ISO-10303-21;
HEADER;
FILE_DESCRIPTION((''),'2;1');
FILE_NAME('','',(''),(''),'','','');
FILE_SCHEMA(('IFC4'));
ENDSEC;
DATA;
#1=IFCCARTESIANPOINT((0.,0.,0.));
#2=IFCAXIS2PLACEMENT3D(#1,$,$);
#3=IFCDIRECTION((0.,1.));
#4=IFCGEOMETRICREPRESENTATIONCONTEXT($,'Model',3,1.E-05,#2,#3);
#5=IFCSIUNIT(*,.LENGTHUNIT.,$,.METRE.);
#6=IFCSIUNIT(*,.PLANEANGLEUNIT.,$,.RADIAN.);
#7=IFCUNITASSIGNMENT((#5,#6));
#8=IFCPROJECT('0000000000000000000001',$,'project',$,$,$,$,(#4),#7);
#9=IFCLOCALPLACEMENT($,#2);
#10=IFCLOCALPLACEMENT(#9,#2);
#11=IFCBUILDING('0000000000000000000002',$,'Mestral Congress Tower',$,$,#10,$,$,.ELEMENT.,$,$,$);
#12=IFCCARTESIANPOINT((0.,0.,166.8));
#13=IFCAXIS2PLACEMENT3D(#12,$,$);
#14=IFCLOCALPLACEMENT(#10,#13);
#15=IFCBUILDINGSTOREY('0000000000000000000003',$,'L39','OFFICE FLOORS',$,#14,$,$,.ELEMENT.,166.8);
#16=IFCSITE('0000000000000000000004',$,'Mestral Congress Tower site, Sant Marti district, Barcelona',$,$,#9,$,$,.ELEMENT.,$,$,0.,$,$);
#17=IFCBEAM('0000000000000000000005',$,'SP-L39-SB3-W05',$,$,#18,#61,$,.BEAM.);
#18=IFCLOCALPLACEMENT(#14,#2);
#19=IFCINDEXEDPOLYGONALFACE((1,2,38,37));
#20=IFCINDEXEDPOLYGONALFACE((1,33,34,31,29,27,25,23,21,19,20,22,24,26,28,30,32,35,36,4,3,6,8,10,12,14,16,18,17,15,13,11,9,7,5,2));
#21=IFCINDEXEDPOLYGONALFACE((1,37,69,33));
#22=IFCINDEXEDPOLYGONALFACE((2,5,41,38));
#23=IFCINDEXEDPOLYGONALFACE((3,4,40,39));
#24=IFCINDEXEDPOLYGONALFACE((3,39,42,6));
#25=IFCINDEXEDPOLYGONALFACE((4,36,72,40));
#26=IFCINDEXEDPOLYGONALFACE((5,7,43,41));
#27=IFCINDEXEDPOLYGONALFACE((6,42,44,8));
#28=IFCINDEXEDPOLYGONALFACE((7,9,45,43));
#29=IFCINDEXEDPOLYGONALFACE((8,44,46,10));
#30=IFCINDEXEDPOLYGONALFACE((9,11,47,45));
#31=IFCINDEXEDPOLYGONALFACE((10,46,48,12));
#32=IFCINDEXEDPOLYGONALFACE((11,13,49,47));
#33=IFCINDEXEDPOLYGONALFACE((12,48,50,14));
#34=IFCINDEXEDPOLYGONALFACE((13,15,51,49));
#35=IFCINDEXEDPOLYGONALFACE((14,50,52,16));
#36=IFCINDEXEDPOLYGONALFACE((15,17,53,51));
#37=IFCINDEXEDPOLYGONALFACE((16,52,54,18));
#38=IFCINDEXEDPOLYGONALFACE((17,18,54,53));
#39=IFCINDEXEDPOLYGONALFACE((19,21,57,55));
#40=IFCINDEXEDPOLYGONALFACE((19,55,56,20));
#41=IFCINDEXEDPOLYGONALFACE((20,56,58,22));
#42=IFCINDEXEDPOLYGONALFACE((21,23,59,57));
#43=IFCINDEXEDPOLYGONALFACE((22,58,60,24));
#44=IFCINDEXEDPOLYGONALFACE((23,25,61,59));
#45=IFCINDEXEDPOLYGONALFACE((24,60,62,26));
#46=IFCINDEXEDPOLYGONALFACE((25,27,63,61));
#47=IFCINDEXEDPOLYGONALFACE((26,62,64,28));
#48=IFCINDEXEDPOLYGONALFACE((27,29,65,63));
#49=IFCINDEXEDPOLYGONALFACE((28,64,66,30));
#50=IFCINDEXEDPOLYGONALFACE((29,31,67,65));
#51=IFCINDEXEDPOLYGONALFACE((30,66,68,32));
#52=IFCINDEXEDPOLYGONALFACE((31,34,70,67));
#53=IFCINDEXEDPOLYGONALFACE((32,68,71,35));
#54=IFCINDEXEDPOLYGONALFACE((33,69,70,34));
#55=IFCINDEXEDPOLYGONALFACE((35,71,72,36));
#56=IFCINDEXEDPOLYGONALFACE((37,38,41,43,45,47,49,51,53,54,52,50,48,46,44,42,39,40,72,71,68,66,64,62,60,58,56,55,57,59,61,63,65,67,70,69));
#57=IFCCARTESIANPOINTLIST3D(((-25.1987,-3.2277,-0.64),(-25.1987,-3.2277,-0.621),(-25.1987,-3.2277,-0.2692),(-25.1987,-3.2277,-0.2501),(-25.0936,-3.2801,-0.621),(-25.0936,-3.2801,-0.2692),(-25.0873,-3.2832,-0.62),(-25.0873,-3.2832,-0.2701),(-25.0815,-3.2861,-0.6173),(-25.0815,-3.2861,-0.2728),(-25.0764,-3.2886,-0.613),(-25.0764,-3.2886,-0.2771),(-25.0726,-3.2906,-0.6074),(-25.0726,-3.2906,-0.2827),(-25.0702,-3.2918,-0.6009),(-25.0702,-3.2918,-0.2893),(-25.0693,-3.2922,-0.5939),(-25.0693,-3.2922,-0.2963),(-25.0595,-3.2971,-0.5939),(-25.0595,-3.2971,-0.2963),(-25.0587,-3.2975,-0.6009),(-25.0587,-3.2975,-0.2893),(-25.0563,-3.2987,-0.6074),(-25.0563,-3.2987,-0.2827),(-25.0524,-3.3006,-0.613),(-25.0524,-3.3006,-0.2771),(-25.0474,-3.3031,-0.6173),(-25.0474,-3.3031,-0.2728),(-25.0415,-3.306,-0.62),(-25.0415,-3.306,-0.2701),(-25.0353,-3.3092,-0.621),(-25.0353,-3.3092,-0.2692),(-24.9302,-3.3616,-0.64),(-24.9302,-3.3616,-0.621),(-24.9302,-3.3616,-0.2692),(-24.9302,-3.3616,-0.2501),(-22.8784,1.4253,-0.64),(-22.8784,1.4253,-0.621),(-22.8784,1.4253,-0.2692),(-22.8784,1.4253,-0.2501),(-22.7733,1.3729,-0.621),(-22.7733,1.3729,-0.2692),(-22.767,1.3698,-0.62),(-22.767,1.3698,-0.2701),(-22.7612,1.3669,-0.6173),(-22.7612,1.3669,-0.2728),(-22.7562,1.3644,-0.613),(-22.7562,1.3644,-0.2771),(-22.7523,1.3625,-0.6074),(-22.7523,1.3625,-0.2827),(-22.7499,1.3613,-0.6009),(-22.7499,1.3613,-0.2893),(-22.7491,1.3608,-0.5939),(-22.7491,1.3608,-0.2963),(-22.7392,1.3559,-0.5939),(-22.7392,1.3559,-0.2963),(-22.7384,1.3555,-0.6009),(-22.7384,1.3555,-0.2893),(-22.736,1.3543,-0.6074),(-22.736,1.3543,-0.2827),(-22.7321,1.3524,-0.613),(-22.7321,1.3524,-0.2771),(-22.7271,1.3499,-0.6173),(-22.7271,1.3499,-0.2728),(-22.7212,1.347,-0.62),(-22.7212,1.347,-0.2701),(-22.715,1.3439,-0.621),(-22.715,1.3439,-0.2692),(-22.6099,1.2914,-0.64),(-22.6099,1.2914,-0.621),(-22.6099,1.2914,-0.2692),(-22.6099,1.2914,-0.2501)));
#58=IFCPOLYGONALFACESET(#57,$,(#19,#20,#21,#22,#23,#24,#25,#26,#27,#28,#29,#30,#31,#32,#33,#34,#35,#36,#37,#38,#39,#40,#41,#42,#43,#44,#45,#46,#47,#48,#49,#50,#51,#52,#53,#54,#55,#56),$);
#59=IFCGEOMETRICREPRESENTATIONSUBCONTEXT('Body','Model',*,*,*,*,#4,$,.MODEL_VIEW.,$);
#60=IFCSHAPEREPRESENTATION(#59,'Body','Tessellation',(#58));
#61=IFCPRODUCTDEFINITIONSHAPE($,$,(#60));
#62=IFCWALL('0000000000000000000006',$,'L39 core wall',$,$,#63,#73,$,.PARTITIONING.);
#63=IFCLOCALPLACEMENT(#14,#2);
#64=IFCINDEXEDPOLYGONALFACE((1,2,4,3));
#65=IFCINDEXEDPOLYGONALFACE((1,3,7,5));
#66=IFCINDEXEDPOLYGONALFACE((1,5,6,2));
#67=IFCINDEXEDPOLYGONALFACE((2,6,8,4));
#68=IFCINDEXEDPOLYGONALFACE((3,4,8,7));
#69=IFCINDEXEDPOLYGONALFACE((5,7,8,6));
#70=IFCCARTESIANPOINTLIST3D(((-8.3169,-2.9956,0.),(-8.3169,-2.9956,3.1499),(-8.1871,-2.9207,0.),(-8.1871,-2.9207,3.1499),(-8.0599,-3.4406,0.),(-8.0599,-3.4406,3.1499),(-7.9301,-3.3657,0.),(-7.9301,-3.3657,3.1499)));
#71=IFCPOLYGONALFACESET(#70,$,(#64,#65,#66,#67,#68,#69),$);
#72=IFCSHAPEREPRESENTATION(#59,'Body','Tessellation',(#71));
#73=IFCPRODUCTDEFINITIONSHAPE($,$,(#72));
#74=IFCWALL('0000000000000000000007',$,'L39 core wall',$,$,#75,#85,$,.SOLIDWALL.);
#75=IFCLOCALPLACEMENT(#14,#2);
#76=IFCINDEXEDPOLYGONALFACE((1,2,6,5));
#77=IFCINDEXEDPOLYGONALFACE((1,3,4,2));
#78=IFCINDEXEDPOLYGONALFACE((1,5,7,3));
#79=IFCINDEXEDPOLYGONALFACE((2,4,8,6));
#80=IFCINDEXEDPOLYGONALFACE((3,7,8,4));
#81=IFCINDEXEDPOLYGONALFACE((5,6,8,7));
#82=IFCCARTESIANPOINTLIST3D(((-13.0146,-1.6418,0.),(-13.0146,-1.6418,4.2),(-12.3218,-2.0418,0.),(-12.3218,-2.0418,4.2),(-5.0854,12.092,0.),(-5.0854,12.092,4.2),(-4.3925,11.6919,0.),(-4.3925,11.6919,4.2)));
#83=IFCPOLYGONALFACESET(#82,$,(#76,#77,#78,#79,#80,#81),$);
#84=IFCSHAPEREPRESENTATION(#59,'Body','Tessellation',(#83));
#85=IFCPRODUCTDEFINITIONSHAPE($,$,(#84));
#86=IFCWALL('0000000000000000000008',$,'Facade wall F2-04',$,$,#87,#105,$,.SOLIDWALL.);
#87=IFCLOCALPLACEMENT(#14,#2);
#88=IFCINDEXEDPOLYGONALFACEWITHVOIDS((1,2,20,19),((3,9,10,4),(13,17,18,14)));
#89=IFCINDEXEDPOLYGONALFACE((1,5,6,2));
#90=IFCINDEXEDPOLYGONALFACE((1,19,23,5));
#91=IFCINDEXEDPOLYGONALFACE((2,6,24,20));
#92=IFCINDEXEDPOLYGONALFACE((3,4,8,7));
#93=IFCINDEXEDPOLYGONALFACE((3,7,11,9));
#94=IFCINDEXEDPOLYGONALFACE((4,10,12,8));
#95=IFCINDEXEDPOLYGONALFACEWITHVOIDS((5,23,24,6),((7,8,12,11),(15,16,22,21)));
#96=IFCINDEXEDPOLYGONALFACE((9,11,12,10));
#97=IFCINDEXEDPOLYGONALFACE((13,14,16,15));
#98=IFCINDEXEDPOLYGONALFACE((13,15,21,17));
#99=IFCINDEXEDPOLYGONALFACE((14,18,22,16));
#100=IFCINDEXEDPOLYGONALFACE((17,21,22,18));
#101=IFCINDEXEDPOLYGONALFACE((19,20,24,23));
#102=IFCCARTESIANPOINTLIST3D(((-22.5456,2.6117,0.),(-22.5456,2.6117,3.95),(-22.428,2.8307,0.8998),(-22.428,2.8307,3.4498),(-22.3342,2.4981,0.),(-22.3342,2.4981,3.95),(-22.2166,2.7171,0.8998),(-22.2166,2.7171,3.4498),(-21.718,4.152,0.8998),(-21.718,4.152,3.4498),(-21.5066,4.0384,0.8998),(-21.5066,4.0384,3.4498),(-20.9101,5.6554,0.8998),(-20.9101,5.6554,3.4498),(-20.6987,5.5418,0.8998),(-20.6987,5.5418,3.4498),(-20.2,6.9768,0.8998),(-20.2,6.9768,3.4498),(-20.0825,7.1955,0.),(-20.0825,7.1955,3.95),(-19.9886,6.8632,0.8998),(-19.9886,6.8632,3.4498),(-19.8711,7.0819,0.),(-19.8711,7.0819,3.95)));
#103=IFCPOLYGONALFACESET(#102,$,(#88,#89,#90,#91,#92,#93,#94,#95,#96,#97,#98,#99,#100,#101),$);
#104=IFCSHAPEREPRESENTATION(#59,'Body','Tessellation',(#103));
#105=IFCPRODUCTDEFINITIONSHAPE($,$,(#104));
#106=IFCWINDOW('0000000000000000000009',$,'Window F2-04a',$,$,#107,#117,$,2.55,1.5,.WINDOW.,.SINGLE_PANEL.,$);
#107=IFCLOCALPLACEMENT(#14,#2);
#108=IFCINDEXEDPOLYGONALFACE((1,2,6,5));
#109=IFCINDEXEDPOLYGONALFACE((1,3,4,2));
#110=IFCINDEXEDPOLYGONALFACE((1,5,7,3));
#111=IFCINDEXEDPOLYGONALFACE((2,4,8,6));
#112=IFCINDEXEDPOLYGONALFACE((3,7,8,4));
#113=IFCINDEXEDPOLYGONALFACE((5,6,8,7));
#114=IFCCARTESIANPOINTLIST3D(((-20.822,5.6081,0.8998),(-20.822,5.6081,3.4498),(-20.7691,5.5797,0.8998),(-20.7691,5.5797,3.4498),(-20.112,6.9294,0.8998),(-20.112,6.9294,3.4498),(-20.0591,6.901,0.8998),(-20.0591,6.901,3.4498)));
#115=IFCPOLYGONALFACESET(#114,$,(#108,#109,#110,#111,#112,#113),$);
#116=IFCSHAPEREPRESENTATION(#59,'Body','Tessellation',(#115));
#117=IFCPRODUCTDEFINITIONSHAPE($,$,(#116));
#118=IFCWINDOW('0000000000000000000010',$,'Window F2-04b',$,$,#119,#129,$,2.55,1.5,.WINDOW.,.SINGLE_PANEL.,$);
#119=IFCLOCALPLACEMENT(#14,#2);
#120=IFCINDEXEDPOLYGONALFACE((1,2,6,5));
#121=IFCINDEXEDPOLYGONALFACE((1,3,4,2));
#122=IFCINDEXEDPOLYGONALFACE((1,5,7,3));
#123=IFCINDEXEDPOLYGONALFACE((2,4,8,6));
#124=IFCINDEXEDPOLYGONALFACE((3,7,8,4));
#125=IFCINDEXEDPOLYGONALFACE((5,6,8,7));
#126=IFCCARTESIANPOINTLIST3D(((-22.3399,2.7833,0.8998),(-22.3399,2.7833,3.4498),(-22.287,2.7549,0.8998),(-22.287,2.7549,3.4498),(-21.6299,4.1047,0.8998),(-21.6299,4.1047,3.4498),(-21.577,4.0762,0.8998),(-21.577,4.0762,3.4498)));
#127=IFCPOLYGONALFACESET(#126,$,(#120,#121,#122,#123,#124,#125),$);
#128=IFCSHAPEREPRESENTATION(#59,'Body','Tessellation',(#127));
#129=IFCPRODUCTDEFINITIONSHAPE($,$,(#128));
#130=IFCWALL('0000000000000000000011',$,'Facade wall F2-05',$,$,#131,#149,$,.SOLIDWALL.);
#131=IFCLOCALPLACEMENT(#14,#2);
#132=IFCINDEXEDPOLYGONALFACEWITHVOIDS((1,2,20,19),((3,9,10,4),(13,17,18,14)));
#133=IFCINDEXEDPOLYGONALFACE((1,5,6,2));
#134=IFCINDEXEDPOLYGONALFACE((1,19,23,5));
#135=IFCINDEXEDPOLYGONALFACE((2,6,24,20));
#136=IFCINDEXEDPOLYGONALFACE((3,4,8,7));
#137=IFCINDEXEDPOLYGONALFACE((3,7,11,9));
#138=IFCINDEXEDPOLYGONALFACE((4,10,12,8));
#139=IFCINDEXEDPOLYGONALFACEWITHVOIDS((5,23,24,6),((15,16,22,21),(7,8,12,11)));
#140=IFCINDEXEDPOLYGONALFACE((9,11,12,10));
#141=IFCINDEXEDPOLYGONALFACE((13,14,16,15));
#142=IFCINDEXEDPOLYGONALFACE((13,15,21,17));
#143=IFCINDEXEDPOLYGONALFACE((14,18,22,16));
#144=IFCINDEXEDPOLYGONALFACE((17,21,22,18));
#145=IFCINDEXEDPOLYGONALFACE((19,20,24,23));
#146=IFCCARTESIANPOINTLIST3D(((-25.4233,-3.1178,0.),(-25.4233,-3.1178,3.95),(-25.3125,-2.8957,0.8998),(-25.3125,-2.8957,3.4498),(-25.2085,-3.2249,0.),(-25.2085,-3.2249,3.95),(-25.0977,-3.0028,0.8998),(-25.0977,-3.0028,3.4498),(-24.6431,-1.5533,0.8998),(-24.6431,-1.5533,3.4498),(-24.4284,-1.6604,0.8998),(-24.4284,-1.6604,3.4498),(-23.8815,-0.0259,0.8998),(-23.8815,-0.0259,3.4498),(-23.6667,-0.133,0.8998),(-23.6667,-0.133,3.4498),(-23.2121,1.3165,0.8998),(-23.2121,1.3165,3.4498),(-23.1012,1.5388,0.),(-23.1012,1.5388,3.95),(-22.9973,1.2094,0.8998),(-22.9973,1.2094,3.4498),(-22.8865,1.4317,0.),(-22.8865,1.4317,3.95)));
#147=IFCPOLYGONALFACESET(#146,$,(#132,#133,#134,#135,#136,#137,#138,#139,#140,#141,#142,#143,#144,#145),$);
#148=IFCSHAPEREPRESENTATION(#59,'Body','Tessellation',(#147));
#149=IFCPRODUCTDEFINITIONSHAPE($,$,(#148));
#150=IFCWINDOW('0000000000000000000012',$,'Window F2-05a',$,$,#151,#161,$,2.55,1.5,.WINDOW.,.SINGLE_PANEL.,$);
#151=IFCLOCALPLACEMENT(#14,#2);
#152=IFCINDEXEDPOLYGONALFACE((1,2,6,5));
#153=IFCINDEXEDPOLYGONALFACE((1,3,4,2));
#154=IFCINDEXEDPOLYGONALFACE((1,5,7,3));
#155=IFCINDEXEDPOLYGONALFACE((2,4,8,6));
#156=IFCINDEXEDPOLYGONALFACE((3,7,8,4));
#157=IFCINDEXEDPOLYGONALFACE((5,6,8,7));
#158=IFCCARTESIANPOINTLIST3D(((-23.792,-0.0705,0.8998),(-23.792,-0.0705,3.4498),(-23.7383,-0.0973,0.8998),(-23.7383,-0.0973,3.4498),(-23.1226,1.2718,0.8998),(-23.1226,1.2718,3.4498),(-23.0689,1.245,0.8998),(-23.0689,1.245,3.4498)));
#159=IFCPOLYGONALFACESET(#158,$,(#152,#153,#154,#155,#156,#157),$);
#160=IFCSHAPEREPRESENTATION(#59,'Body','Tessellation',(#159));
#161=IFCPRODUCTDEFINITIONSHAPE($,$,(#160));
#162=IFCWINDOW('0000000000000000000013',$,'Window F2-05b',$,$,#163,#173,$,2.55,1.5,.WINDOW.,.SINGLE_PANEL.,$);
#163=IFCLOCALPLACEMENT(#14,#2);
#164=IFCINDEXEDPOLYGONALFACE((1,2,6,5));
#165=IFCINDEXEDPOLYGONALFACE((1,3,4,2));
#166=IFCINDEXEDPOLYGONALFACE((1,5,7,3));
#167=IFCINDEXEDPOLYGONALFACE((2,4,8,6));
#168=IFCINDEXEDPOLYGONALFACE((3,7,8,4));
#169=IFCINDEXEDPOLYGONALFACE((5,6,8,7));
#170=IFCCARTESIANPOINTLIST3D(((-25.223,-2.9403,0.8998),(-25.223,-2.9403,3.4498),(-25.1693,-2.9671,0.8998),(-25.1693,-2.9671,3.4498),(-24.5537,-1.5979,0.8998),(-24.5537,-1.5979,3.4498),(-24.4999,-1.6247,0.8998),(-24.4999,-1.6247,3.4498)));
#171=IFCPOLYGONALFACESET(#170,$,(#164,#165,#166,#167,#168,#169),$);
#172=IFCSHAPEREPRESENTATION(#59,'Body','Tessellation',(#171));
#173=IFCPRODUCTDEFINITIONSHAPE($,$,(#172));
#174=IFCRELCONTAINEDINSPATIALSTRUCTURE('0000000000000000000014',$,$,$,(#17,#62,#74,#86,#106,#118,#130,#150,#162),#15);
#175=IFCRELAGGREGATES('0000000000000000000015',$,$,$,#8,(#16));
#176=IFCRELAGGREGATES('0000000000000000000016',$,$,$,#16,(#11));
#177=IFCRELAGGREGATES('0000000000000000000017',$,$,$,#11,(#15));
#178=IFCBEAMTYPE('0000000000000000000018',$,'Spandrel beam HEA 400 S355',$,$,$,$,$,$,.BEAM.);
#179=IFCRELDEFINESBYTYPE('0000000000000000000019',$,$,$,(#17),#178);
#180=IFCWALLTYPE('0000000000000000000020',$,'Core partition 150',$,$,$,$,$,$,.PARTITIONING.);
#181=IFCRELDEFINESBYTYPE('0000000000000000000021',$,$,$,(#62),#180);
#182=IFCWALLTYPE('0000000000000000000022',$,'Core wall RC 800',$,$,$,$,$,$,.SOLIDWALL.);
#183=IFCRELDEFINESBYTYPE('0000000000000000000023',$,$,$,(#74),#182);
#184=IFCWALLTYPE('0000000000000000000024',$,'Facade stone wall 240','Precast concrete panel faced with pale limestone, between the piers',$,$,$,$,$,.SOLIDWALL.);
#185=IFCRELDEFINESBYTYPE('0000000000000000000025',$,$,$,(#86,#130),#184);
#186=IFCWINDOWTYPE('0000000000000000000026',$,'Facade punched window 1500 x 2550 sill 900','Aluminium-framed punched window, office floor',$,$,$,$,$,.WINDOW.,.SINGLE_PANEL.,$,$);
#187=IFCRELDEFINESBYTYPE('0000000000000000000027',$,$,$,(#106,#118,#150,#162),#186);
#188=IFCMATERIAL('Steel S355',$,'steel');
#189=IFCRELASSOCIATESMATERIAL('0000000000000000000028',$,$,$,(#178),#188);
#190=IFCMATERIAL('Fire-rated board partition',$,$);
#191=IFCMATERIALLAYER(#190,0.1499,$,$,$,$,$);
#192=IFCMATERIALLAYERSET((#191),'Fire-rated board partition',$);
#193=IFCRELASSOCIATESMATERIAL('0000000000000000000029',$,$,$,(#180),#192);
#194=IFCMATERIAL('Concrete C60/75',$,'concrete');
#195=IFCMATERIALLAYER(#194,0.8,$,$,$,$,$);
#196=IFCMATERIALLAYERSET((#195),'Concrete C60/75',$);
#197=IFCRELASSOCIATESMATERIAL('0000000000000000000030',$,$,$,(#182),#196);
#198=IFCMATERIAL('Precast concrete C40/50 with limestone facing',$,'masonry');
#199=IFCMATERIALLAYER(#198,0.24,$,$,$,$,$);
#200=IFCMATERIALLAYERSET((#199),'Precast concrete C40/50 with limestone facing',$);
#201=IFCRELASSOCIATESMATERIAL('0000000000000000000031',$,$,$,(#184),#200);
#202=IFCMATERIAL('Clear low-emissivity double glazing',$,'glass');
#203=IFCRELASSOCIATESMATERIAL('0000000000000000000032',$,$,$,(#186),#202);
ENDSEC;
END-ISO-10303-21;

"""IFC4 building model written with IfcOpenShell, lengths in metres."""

from ifc_helpers import new_model, si_unit, direction, frame, frame_2d, origin, origin_2d, place, context, subcontext, project, spatial, rectangle, i_section, extrude, material, layer, layer_set, material_profile, profile_set, type_object, element, fill, save


model = new_model("IFC4")

# Units and contexts
model_context = context("Model", 3, precision=1e-05, world=origin(), true_north=direction((0.0, 1.0)))
body_context = subcontext(model_context, "Body", "Model", "MODEL_VIEW")
ifc_project = project(units=[si_unit("LENGTHUNIT", "METRE"), si_unit("PLANEANGLEUNIT", "RADIAN")], contexts=[model_context])

# Site, building, storey
site_placement = place(None, origin())
site = spatial("IfcSite", under=ifc_project, at=site_placement, Name="Mestral Congress Tower site, Sant Marti district, Barcelona", CompositionType="ELEMENT", RefElevation=0.0)
building_placement = place(site_placement, origin())
building = spatial("IfcBuilding", under=site, at=building_placement, Name="Mestral Congress Tower", CompositionType="ELEMENT")
storey_placement = place(building_placement, frame((0.0, 0.0, 166.8)))
storey = spatial("IfcBuildingStorey", under=building, at=storey_placement, Name="L39", Description="OFFICE FLOORS", CompositionType="ELEMENT", Elevation=166.8)

# Shared definitions
ifc_material_1 = material(Name="Concrete C60/75", Category="concrete")

# Beam
ifc_material_2 = material(Name="Steel S355", Category="steel")
ifc_material_profile_1 = material_profile(ifc_material_2, i_section(OverallWidth=0.3, OverallDepth=0.3899, WebThickness=0.011, FlangeThickness=0.019, FilletRadius=0.0271, at=origin_2d()), Name="HEA 400")
ifc_profile_set_1 = profile_set([ifc_material_profile_1], Name="Steel S355")
beam_type_1 = type_object("IfcBeamType", Name="Spandrel beam HEA 400 S355", PredefinedType="BEAM", material=ifc_profile_set_1)
beam_1_placement = place(storey_placement, frame((-22.7441, 1.3584, -0.4451), z_axis=(-0.446255, -0.894906, 0.0), x_axis=(0.894906, -0.446255, 0.0)))
element("IfcBeam", 1, at=beam_1_placement, inside=storey, type_object=beam_type_1, Name="SP-L39-SB3-W05", PredefinedType="BEAM", context=body_context, shape_type="SweptSolid", body=[
    extrude(i_section(OverallWidth=0.3, OverallDepth=0.3899, WebThickness=0.011, FlangeThickness=0.019, FilletRadius=0.0271, at=origin_2d()), origin(), (0.0, 0.0, 1.0), 5.1995),
])

# Walls
ifc_material_3 = material(Name="Fire-rated board partition")
ifc_layer_1 = layer(ifc_material_3, 0.1499)
ifc_layer_set_1 = layer_set([ifc_layer_1], Name="Fire-rated board partition")
wall_type_1 = type_object("IfcWallType", Name="Core partition 150", PredefinedType="PARTITIONING", material=ifc_layer_set_1)
wall_1_placement = place(storey_placement, frame((-8.252, -2.9583, 0.0), z_axis=(0.0, 0.0, 1.0), x_axis=(0.500175, -0.865925, 0.0)))
element("IfcWall", 2, at=wall_1_placement, inside=storey, type_object=wall_type_1, Name="L39 core wall", PredefinedType="PARTITIONING", context=body_context, shape_type="SweptSolid", body=[
    extrude(rectangle(XDim=0.5139, YDim=0.1499, at=frame_2d((0.2568, 0.0))), origin(), (0.0, 0.0, 1.0), 3.1499),
])
ifc_layer_2 = layer(ifc_material_1, 0.8)
ifc_layer_set_2 = layer_set([ifc_layer_2], Name="Concrete C60/75")
wall_type_2 = type_object("IfcWallType", Name="Core wall RC 800", PredefinedType="SOLIDWALL", material=ifc_layer_set_2)
wall_2_placement = place(storey_placement, frame((-12.6682, -1.8418, 0.0), z_axis=(0.0, 0.0, 1.0), x_axis=(0.500004, 0.866023, 0.0)))
element("IfcWall", 3, at=wall_2_placement, inside=storey, type_object=wall_type_2, Name="L39 core wall", PredefinedType="SOLIDWALL", context=body_context, shape_type="SweptSolid", body=[
    extrude(rectangle(XDim=15.8584, YDim=0.8, at=frame_2d((7.9292, 0.0))), origin(), (0.0, 0.0, 1.0), 4.2),
])

# Walls, openings, windows
ifc_material_4 = material(Name="Precast concrete C40/50 with limestone facing", Category="masonry")
ifc_layer_3 = layer(ifc_material_4, 0.24)
ifc_layer_set_3 = layer_set([ifc_layer_3], Name="Precast concrete C40/50 with limestone facing")
wall_type_3 = type_object("IfcWallType", Name="Facade stone wall 240", Description="Precast concrete panel faced with pale limestone, between the piers", PredefinedType="SOLIDWALL", material=ifc_layer_set_3)
wall_3_placement = place(storey_placement, frame((-19.9768, 7.1387, 0.0), z_axis=(0.0, 0.0, 1.0), x_axis=(-0.47335, -0.880875, 0.0)))
wall_3 = element("IfcWall", 4, at=wall_3_placement, inside=storey, type_object=wall_type_3, Name="Facade wall F2-04", PredefinedType="SOLIDWALL", context=body_context, shape_type="SweptSolid", body=[
    extrude(rectangle(XDim=5.2036, YDim=0.24, at=frame_2d((2.6018, 0.0))), origin(), (0.0, 0.0, 1.0), 3.95),
])
opening_1_placement = place(wall_3_placement, frame((0.2483, 0.0, 0.8999)))
opening_1 = element("IfcOpeningElement", 5, at=opening_1_placement, cuts=wall_3, PredefinedType="OPENING", context=body_context, shape_type="SweptSolid", body=[
    extrude(rectangle(XDim=1.5, YDim=2.55, at=frame_2d((0.75, 1.2749))), frame((0.0, 0.1299, 0.0), z_axis=(0.0, -1.0, 0.0), x_axis=(1.0, 0.0, 0.0)), (0.0, 0.0, 1.0), 0.26),
])
opening_2_placement = place(wall_3_placement, frame((3.4551, 0.0, 0.8999)))
opening_2 = element("IfcOpeningElement", 6, at=opening_2_placement, cuts=wall_3, PredefinedType="OPENING", context=body_context, shape_type="SweptSolid", body=[
    extrude(rectangle(XDim=1.5, YDim=2.55, at=frame_2d((0.75, 1.2749))), frame((0.0, 0.1299, 0.0), z_axis=(0.0, -1.0, 0.0), x_axis=(1.0, 0.0, 0.0)), (0.0, 0.0, 1.0), 0.26),
])
ifc_material_5 = material(Name="Clear low-emissivity double glazing", Category="glass")
window_type = type_object("IfcWindowType", Name="Facade punched window 1500 x 2550 sill 900", Description="Aluminium-framed punched window, office floor", PartitioningType="SINGLE_PANEL", PredefinedType="WINDOW", material=ifc_material_5)
window_1_placement = place(opening_1_placement, origin())
window_1 = element("IfcWindow", 7, at=window_1_placement, inside=storey, type_object=window_type, Name="Window F2-04a", OverallHeight=2.55, OverallWidth=1.5, PartitioningType="SINGLE_PANEL", PredefinedType="WINDOW", context=body_context, shape_type="SweptSolid", body=[
    extrude(rectangle(XDim=1.5, YDim=2.55, at=frame_2d((0.75, 1.2749))), frame((0.0, 0.04, 0.0), z_axis=(0.0, -1.0, 0.0), x_axis=(1.0, 0.0, 0.0)), (0.0, 0.0, 1.0), 0.0601),
])
fill(opening_1, window_1)
window_2_placement = place(opening_2_placement, origin())
window_2 = element("IfcWindow", 8, at=window_2_placement, inside=storey, type_object=window_type, Name="Window F2-04b", OverallHeight=2.55, OverallWidth=1.5, PartitioningType="SINGLE_PANEL", PredefinedType="WINDOW", context=body_context, shape_type="SweptSolid", body=[
    extrude(rectangle(XDim=1.5, YDim=2.55, at=frame_2d((0.75, 1.2749))), frame((0.0, 0.04, 0.0), z_axis=(0.0, -1.0, 0.0), x_axis=(1.0, 0.0, 0.0)), (0.0, 0.0, 1.0), 0.0601),
])
fill(opening_2, window_2)
wall_4_placement = place(storey_placement, frame((-22.9939, 1.4851, 0.0), z_axis=(0.0, 0.0, 1.0), x_axis=(-0.446256, -0.894905, 0.0)))
wall_4 = element("IfcWall", 9, at=wall_4_placement, inside=storey, type_object=wall_type_3, Name="Facade wall F2-05", PredefinedType="SOLIDWALL", context=body_context, shape_type="SweptSolid", body=[
    extrude(rectangle(XDim=5.2034, YDim=0.24, at=frame_2d((2.6016, 0.0))), origin(), (0.0, 0.0, 1.0), 3.95),
])
opening_3_placement = place(wall_4_placement, frame((0.2483, 0.0, 0.8999)))
opening_3 = element("IfcOpeningElement", 10, at=opening_3_placement, cuts=wall_4, PredefinedType="OPENING", context=body_context, shape_type="SweptSolid", body=[
    extrude(rectangle(XDim=1.5, YDim=2.55, at=frame_2d((0.75, 1.2749))), frame((0.0, 0.1299, 0.0), z_axis=(0.0, -1.0, 0.0), x_axis=(1.0, 0.0, 0.0)), (0.0, 0.0, 1.0), 0.26),
])
opening_4_placement = place(wall_4_placement, frame((3.4551, 0.0, 0.8999)))
opening_4 = element("IfcOpeningElement", 11, at=opening_4_placement, cuts=wall_4, PredefinedType="OPENING", context=body_context, shape_type="SweptSolid", body=[
    extrude(rectangle(XDim=1.5, YDim=2.55, at=frame_2d((0.75, 1.2749))), frame((0.0, 0.1299, 0.0), z_axis=(0.0, -1.0, 0.0), x_axis=(1.0, 0.0, 0.0)), (0.0, 0.0, 1.0), 0.26),
])
window_3_placement = place(opening_3_placement, origin())
window_3 = element("IfcWindow", 12, at=window_3_placement, inside=storey, type_object=window_type, Name="Window F2-05a", OverallHeight=2.55, OverallWidth=1.5, PartitioningType="SINGLE_PANEL", PredefinedType="WINDOW", context=body_context, shape_type="SweptSolid", body=[
    extrude(rectangle(XDim=1.5, YDim=2.55, at=frame_2d((0.75, 1.2749))), frame((0.0, 0.04, 0.0), z_axis=(0.0, -1.0, 0.0), x_axis=(1.0, 0.0, 0.0)), (0.0, 0.0, 1.0), 0.0601),
])
fill(opening_3, window_3)
window_4_placement = place(opening_4_placement, origin())
window_4 = element("IfcWindow", 13, at=window_4_placement, inside=storey, type_object=window_type, Name="Window F2-05b", OverallHeight=2.55, OverallWidth=1.5, PartitioningType="SINGLE_PANEL", PredefinedType="WINDOW", context=body_context, shape_type="SweptSolid", body=[
    extrude(rectangle(XDim=1.5, YDim=2.55, at=frame_2d((0.75, 1.2749))), frame((0.0, 0.04, 0.0), z_axis=(0.0, -1.0, 0.0), x_axis=(1.0, 0.0, 0.0)), (0.0, 0.0, 1.0), 0.0601),
])
fill(opening_4, window_4)

save(model, "model.ifc")
